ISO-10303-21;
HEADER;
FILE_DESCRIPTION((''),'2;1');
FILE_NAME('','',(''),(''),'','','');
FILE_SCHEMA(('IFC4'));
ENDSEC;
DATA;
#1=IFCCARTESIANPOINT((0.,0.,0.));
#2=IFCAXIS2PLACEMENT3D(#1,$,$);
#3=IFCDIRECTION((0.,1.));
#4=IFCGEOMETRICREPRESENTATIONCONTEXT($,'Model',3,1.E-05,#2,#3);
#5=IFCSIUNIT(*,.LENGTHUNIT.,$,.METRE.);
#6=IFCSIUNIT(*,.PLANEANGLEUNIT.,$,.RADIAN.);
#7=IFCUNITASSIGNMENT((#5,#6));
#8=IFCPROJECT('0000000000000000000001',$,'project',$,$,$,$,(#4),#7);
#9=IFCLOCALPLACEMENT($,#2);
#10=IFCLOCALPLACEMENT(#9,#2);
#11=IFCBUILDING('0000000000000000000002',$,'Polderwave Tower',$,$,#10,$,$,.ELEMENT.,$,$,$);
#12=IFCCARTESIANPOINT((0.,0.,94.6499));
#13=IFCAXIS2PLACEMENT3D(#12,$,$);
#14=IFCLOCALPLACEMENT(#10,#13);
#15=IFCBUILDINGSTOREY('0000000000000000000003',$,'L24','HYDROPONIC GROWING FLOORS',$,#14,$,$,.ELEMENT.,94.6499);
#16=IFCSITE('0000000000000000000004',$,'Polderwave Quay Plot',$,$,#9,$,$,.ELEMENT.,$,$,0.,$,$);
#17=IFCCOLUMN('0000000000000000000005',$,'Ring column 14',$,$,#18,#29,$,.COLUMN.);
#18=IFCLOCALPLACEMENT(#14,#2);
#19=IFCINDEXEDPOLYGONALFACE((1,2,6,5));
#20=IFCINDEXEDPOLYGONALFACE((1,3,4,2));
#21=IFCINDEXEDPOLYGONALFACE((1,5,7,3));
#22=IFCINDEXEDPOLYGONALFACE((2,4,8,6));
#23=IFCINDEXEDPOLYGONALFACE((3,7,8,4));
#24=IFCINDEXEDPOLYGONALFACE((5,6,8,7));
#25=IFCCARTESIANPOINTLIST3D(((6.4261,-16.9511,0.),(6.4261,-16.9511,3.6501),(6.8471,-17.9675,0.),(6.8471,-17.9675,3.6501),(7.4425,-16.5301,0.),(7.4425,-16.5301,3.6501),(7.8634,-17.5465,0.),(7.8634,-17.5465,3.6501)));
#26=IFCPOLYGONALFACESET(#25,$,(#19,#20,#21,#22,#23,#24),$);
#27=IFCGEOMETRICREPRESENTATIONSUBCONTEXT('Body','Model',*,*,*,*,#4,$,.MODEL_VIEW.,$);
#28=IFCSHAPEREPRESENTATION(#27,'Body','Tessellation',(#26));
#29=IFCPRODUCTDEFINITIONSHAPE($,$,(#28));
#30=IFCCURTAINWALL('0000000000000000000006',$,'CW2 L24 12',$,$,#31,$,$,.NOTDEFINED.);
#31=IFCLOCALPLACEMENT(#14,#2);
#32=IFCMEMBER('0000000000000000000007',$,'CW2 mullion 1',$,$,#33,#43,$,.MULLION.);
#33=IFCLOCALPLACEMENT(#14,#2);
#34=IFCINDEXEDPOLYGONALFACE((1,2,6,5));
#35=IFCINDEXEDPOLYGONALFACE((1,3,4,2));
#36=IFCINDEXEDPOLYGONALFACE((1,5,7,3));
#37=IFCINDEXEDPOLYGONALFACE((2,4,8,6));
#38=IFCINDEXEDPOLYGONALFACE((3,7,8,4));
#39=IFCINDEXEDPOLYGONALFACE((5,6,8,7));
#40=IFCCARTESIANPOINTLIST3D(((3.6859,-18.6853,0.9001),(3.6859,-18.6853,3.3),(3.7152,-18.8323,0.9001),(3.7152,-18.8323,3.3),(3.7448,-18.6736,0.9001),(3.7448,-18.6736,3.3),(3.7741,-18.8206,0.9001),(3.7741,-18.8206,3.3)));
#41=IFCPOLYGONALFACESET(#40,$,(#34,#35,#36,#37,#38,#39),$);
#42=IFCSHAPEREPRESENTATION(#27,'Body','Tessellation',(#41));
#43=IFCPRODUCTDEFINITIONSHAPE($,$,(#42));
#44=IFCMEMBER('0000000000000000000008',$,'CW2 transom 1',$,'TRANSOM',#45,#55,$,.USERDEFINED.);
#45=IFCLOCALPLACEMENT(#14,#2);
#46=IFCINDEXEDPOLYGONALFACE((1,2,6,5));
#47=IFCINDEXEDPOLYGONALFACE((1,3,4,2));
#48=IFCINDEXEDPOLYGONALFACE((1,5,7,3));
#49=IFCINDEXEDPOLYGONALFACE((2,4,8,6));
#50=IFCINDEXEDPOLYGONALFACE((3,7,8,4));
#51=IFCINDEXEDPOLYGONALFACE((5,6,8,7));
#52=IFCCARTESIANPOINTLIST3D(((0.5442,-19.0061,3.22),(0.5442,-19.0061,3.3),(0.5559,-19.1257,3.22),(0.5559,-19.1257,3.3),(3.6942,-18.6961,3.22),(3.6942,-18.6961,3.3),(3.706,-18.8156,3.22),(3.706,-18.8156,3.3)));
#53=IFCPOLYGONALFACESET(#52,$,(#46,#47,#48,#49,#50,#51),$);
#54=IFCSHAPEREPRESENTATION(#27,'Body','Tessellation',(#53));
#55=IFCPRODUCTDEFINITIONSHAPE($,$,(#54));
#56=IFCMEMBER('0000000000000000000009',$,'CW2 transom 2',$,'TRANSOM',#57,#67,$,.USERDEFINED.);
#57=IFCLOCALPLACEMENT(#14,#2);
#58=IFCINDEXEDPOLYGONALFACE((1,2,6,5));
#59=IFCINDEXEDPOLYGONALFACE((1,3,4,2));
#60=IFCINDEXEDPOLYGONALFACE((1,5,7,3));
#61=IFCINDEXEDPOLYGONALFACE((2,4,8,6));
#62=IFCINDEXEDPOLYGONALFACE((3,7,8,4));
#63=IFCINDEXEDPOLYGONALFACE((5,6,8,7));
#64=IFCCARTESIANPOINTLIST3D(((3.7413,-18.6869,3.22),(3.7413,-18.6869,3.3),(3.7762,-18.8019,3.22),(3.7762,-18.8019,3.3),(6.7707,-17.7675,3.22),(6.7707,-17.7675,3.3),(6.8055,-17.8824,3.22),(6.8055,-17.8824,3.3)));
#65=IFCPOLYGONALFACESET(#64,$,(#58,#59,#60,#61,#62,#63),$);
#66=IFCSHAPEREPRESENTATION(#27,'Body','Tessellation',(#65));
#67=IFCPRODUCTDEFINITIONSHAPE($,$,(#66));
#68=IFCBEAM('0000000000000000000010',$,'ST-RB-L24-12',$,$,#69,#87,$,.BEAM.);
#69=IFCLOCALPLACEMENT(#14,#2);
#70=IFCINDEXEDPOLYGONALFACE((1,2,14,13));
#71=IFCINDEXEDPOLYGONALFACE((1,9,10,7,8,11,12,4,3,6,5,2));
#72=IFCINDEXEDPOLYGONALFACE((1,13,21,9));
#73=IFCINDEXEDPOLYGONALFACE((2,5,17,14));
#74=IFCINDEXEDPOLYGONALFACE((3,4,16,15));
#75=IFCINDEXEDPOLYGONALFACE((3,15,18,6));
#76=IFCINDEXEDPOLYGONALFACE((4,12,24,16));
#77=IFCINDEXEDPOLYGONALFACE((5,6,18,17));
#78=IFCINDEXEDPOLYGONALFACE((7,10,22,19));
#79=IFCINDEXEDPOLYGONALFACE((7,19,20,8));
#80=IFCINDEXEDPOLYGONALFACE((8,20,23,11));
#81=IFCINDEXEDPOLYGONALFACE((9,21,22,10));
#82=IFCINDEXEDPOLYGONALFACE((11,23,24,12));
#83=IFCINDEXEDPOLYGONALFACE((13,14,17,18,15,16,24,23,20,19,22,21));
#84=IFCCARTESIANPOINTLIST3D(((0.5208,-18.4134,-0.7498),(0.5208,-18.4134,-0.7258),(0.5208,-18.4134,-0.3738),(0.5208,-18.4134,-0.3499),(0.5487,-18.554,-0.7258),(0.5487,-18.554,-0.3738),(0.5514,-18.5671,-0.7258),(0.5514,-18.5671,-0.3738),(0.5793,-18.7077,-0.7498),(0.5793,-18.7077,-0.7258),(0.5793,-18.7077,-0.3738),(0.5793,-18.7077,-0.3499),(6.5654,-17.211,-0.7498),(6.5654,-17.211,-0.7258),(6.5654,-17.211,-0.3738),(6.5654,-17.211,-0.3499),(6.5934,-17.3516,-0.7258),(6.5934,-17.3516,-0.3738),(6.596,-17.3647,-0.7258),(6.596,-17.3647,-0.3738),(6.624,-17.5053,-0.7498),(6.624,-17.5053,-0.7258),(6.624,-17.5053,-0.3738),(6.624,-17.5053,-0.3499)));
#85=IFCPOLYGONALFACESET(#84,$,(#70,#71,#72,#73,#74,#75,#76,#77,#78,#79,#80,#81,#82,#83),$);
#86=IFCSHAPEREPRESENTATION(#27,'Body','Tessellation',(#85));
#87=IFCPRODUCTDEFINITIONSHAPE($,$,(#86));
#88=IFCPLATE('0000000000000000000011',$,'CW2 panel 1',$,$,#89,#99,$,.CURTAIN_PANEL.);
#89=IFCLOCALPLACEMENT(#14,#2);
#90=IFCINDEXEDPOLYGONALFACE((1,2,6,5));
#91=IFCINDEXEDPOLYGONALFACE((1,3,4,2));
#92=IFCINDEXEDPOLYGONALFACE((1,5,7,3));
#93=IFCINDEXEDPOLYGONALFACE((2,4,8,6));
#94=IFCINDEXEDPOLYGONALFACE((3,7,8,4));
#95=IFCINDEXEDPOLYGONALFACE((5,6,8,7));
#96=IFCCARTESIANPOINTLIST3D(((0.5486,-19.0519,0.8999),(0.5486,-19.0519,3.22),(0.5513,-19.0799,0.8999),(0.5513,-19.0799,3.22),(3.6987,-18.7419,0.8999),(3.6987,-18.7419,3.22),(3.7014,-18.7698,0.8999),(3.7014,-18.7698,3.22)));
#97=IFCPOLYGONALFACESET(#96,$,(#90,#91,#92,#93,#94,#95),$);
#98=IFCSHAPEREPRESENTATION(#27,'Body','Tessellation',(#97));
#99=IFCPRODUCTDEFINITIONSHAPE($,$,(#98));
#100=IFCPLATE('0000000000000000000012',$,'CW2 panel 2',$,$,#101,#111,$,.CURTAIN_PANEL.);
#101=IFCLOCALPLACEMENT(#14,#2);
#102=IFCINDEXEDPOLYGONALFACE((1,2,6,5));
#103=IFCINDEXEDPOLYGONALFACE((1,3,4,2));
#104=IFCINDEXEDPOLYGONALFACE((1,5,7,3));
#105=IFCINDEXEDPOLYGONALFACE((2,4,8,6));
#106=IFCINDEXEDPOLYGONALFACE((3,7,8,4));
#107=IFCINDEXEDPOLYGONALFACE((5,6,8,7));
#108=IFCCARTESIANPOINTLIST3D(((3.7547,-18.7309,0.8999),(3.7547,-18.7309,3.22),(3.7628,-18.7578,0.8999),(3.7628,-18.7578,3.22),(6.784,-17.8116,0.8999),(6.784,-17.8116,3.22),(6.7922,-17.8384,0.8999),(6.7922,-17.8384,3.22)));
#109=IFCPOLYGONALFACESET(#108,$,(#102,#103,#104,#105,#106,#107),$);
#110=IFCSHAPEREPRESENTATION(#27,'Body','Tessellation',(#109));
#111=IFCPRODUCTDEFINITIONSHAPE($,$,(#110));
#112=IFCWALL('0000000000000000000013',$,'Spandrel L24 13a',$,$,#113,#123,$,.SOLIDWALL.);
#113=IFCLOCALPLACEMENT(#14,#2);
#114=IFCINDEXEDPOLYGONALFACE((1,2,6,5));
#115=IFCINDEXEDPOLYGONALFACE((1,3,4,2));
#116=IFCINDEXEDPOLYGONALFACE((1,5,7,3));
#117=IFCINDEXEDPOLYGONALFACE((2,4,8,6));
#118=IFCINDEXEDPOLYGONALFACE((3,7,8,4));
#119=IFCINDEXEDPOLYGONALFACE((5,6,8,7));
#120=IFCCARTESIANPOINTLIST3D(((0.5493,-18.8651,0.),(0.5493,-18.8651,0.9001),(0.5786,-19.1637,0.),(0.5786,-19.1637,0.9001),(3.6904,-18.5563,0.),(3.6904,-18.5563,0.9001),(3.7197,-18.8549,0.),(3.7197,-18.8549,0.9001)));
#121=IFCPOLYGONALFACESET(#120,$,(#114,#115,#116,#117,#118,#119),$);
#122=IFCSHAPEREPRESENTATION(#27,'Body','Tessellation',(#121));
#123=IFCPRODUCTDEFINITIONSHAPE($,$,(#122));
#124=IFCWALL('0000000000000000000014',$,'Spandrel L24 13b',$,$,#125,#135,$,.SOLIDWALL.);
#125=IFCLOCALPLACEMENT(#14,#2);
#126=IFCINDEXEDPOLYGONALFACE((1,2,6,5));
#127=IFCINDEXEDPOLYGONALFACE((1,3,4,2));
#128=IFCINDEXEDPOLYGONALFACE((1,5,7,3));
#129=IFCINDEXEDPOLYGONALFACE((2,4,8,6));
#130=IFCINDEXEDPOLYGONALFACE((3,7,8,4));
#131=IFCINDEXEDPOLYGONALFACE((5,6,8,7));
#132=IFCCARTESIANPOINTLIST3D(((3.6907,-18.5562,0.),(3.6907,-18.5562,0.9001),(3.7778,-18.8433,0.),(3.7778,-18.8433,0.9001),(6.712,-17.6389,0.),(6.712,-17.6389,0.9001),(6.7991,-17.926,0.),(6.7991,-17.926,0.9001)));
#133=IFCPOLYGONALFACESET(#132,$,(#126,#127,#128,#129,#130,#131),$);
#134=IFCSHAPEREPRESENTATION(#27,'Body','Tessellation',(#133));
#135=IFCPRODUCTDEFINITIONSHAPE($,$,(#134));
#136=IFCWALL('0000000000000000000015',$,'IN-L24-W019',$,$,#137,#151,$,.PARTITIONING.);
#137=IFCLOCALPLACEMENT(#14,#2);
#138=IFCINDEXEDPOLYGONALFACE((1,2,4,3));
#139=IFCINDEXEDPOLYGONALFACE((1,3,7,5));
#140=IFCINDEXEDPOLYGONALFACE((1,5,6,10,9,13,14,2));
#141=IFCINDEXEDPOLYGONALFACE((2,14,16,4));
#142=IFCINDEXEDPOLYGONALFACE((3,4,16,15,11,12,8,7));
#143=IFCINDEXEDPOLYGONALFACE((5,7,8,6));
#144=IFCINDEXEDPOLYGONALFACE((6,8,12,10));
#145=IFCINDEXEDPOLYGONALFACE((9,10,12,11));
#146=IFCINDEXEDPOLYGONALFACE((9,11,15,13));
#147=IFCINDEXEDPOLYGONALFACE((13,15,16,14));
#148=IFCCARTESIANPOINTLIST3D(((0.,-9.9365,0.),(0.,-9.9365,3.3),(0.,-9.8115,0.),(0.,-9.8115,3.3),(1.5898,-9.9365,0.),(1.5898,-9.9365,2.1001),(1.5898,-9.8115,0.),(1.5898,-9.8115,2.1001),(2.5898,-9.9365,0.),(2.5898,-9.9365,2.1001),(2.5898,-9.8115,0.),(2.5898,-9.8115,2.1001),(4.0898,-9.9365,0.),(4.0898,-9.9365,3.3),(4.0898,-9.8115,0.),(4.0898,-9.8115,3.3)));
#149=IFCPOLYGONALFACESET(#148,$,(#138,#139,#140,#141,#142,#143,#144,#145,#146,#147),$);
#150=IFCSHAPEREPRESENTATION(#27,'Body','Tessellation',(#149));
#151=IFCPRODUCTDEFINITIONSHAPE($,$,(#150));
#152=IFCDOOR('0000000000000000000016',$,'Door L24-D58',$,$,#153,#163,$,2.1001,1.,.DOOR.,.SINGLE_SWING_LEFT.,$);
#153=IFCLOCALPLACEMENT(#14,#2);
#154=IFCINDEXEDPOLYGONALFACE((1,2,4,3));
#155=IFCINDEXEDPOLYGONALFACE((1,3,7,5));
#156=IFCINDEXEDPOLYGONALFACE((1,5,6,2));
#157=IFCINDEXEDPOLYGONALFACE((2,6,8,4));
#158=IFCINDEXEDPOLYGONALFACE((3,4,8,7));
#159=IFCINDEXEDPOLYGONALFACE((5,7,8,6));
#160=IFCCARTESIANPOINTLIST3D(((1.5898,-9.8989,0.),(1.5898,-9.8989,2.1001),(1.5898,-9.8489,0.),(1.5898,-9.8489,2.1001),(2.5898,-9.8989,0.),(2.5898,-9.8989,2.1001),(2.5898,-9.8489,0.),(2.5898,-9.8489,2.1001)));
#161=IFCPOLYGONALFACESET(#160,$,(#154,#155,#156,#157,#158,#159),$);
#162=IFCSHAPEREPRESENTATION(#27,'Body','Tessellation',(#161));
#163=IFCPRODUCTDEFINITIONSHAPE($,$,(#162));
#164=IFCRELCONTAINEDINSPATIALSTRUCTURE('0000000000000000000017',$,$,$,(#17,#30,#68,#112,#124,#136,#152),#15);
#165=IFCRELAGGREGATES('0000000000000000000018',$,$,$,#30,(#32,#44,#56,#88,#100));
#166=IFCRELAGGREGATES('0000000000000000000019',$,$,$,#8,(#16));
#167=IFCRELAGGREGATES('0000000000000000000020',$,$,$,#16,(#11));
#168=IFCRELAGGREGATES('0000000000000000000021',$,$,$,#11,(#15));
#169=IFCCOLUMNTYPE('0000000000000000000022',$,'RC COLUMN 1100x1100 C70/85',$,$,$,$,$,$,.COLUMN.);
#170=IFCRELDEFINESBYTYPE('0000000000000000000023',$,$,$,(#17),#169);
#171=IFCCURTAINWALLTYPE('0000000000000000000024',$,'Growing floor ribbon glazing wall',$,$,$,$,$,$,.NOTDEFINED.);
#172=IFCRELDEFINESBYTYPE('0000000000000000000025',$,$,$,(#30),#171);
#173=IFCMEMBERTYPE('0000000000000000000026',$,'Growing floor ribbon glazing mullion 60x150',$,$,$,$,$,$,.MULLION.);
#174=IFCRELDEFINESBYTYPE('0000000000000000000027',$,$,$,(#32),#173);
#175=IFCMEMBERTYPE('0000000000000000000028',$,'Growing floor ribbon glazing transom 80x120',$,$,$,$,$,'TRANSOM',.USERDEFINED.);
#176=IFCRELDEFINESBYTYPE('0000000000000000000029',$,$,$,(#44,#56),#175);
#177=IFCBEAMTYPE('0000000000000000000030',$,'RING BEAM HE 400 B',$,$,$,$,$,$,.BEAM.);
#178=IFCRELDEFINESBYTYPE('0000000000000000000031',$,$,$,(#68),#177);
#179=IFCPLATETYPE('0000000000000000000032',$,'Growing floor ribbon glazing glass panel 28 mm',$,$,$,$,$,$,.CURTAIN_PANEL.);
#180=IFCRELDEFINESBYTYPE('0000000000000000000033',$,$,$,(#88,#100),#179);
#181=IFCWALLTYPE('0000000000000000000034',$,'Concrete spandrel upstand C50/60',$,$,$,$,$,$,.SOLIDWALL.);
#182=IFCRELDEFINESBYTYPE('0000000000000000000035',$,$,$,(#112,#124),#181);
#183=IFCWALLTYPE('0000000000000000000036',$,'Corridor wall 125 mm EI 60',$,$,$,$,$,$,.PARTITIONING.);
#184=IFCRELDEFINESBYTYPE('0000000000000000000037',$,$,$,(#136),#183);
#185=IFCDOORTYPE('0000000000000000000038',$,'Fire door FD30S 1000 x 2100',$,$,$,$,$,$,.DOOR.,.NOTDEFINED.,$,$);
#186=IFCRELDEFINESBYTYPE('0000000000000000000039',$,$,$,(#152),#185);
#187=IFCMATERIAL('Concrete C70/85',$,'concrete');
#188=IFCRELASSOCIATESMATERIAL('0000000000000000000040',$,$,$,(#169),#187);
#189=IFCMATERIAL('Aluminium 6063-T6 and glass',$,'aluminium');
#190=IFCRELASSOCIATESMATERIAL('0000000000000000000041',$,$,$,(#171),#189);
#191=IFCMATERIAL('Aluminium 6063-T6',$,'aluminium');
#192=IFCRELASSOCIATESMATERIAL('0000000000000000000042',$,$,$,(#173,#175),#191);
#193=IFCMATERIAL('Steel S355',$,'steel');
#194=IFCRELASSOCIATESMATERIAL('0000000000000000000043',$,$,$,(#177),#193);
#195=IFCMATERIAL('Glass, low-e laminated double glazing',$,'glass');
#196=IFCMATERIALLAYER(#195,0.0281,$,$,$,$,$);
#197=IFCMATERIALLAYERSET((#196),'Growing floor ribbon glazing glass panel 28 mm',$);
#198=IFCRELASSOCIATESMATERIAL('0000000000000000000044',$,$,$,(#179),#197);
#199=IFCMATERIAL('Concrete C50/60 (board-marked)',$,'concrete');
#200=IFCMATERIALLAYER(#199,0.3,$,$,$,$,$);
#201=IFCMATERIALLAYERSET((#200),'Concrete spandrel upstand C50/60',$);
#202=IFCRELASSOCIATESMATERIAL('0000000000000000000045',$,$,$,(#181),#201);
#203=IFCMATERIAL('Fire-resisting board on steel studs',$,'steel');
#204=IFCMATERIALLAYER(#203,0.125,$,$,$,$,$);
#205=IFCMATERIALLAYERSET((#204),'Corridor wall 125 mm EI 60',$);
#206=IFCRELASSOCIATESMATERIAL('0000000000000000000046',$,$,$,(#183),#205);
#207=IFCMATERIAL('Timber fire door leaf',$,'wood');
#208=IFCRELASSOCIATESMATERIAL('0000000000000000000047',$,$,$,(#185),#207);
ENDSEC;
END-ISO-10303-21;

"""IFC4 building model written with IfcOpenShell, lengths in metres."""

from ifc_helpers import new_model, si_unit, direction, frame, frame_2d, origin, origin_2d, place, context, subcontext, project, spatial, rectangle, i_section, extrude, material, layer, layer_set, material_profile, profile_set, type_object, element, fill, aggregate, save


model = new_model("IFC4")

# Units and contexts
model_context = context("Model", 3, precision=1e-05, world=origin(), true_north=direction((0.0, 1.0)))
body_context = subcontext(model_context, "Body", "Model", "MODEL_VIEW")
ifc_project = project(units=[si_unit("LENGTHUNIT", "METRE"), si_unit("PLANEANGLEUNIT", "RADIAN")], contexts=[model_context])

# Site, building, storey
site_placement = place(None, origin())
site = spatial("IfcSite", under=ifc_project, at=site_placement, Name="Polderwave Quay Plot", CompositionType="ELEMENT", RefElevation=0.0)
building_placement = place(site_placement, origin())
building = spatial("IfcBuilding", under=site, at=building_placement, Name="Polderwave Tower", CompositionType="ELEMENT")
storey_placement = place(building_placement, frame((0.0, 0.0, 94.6499)))
storey = spatial("IfcBuildingStorey", under=building, at=storey_placement, Name="L24", Description="HYDROPONIC GROWING FLOORS", CompositionType="ELEMENT", Elevation=94.6499)

# Column
ifc_material_1 = material(Name="Concrete C70/85", Category="concrete")
ifc_material_profile_1 = material_profile(ifc_material_1, rectangle(XDim=1.1001, YDim=1.1001, at=origin_2d()), Name="RC 1100x1100")
ifc_profile_set_1 = profile_set([ifc_material_profile_1], Name="Concrete C70/85")
column_type = type_object("IfcColumnType", Name="RC COLUMN 1100x1100 C70/85", PredefinedType="COLUMN", material=ifc_profile_set_1)
column_placement = place(storey_placement, frame((7.1448, -17.2488, 0.0), z_axis=(0.0, 0.0, 1.0), x_axis=(0.382683, -0.92388, 0.0)))
element("IfcColumn", 1, at=column_placement, inside=storey, type_object=column_type, Name="Ring column 14", PredefinedType="COLUMN", context=body_context, shape_type="SweptSolid", body=[
    extrude(rectangle(XDim=1.1001, YDim=1.1001, at=origin_2d()), origin(), (0.0, 0.0, 1.0), 3.6501),
])

# Curtain wall, members
ifc_material_2 = material(Name="Aluminium 6063-T6 and glass", Category="aluminium")
curtain_wall_type = type_object("IfcCurtainWallType", Name="Growing floor ribbon glazing wall", PredefinedType="NOTDEFINED", material=ifc_material_2)
curtain_wall_placement = place(storey_placement, origin())
curtain_wall = element("IfcCurtainWall", 2, at=curtain_wall_placement, inside=storey, type_object=curtain_wall_type, Name="CW2 L24 12", PredefinedType="NOTDEFINED")
ifc_material_3 = material(Name="Aluminium 6063-T6", Category="aluminium")
ifc_material_profile_2 = material_profile(ifc_material_3, rectangle(XDim=0.1499, YDim=0.0601, at=origin_2d()), Name="AL 60x150")
ifc_profile_set_2 = profile_set([ifc_material_profile_2], Name="Aluminium 6063-T6")
member_type_1 = type_object("IfcMemberType", Name="Growing floor ribbon glazing mullion 60x150", PredefinedType="MULLION", material=ifc_profile_set_2)
member_1_placement = place(storey_placement, frame((3.73, -18.7529, 0.9001), z_axis=(0.0, 0.0, 1.0), x_axis=(-0.195113, 0.980781, 0.0)))
member_1 = element("IfcMember", 3, at=member_1_placement, type_object=member_type_1, Name="CW2 mullion 1", PredefinedType="MULLION", context=body_context, shape_type="SweptSolid", body=[
    extrude(rectangle(XDim=0.1499, YDim=0.0601, at=origin_2d()), origin(), (0.0, 0.0, 1.0), 2.3999),
])
ifc_material_profile_3 = material_profile(ifc_material_3, rectangle(XDim=0.1201, YDim=0.0801, at=origin_2d()), Name="AL 80x120")
ifc_profile_set_3 = profile_set([ifc_material_profile_3], Name="Aluminium 6063-T6")
member_type_2 = type_object("IfcMemberType", Name="Growing floor ribbon glazing transom 80x120", ElementType="TRANSOM", PredefinedType="USERDEFINED", material=ifc_profile_set_3)
member_2_placement = place(storey_placement, frame((0.55, -19.0659, 3.26), z_axis=(0.995191, 0.097953, 0.0), x_axis=(-0.097953, 0.995191, 0.0)))
member_2 = element("IfcMember", 4, at=member_2_placement, type_object=member_type_2, Name="CW2 transom 1", ObjectType="TRANSOM", PredefinedType="USERDEFINED", context=body_context, shape_type="SweptSolid", body=[
    extrude(rectangle(XDim=0.1201, YDim=0.0801, at=origin_2d()), origin(), (0.0, 0.0, 1.0), 3.1653),
])
member_3_placement = place(storey_placement, frame((3.7588, -18.7444, 3.26), z_axis=(0.956896, 0.290431, 0.0), x_axis=(-0.290431, 0.956896, 0.0)))
member_3 = element("IfcMember", 5, at=member_3_placement, type_object=member_type_2, Name="CW2 transom 2", ObjectType="TRANSOM", PredefinedType="USERDEFINED", context=body_context, shape_type="SweptSolid", body=[
    extrude(rectangle(XDim=0.1201, YDim=0.0801, at=origin_2d()), origin(), (0.0, 0.0, 1.0), 3.1658),
])

# Beam
ifc_material_4 = material(Name="Steel S355", Category="steel")
ifc_material_profile_4 = material_profile(ifc_material_4, i_section(OverallWidth=0.3, OverallDepth=0.3999, WebThickness=0.0134, FlangeThickness=0.0239, at=origin_2d()), Name="HE 400 B")
ifc_profile_set_4 = profile_set([ifc_material_profile_4], Name="Steel S355")
beam_type = type_object("IfcBeamType", Name="RING BEAM HE 400 B", PredefinedType="BEAM", material=ifc_profile_set_4)
beam_placement = place(storey_placement, frame((0.55, -18.5605, -0.5498), z_axis=(0.980784, 0.195095, 0.0), x_axis=(-0.195095, 0.980784, 0.0)))
element("IfcBeam", 6, at=beam_placement, inside=storey, type_object=beam_type, Name="ST-RB-L24-12", PredefinedType="BEAM", context=body_context, shape_type="SweptSolid", body=[
    extrude(i_section(OverallWidth=0.3, OverallDepth=0.3999, WebThickness=0.0134, FlangeThickness=0.0239, at=origin_2d()), origin(), (0.0, 0.0, 1.0), 6.1631),
])

# Plates
ifc_material_5 = material(Name="Glass, low-e laminated double glazing", Category="glass")
ifc_layer_1 = layer(ifc_material_5, 0.0281)
ifc_layer_set_1 = layer_set([ifc_layer_1], Name="Growing floor ribbon glazing glass panel 28 mm")
plate_type = type_object("IfcPlateType", Name="Growing floor ribbon glazing glass panel 28 mm", PredefinedType="CURTAIN_PANEL", material=ifc_layer_set_1)
plate_1_placement = place(storey_placement, frame((2.125, -18.9109, 0.8999), z_axis=(0.0, 0.0, 1.0), x_axis=(0.995191, 0.097955, 0.0)))
plate_1 = element("IfcPlate", 7, at=plate_1_placement, type_object=plate_type, Name="CW2 panel 1", PredefinedType="CURTAIN_PANEL", context=body_context, shape_type="SweptSolid", body=[
    extrude(rectangle(XDim=3.1653, YDim=0.0281, at=origin_2d()), origin(), (0.0, 0.0, 1.0), 2.3201),
])
plate_2_placement = place(storey_placement, frame((5.2734, -18.2847, 0.8999), z_axis=(0.0, 0.0, 1.0), x_axis=(0.956908, 0.29039, 0.0)))
plate_2 = element("IfcPlate", 8, at=plate_2_placement, type_object=plate_type, Name="CW2 panel 2", PredefinedType="CURTAIN_PANEL", context=body_context, shape_type="SweptSolid", body=[
    extrude(rectangle(XDim=3.1658, YDim=0.0281, at=origin_2d()), origin(), (0.0, 0.0, 1.0), 2.3201),
])
aggregate(curtain_wall, [member_1, member_2, member_3, plate_1, plate_2])

# Walls
ifc_material_6 = material(Name="Concrete C50/60 (board-marked)", Category="concrete")
ifc_layer_2 = layer(ifc_material_6, 0.3)
ifc_layer_set_2 = layer_set([ifc_layer_2], Name="Concrete spandrel upstand C50/60")
wall_type_1 = type_object("IfcWallType", Name="Concrete spandrel upstand C50/60", PredefinedType="SOLIDWALL", material=ifc_layer_set_2)
wall_1_placement = place(storey_placement, frame((0.564, -19.0144, 0.0), z_axis=(0.0, 0.0, 1.0), x_axis=(0.995201, 0.097849, 0.0)))
element("IfcWall", 9, at=wall_1_placement, inside=storey, type_object=wall_type_1, Name="Spandrel L24 13a", PredefinedType="SOLIDWALL", context=body_context, shape_type="SweptSolid", body=[
    extrude(rectangle(XDim=3.1562, YDim=0.3, at=frame_2d((1.5781, 0.0))), origin(), (0.0, 0.0, 1.0), 0.9001),
])
wall_2_placement = place(storey_placement, frame((3.7344, -18.6997, 0.0), z_axis=(0.0, 0.0, 1.0), x_axis=(0.956874, 0.290503, 0.0)))
element("IfcWall", 10, at=wall_2_placement, inside=storey, type_object=wall_type_1, Name="Spandrel L24 13b", PredefinedType="SOLIDWALL", context=body_context, shape_type="SweptSolid", body=[
    extrude(rectangle(XDim=3.1575, YDim=0.3, at=frame_2d((1.5786, 0.0))), origin(), (0.0, 0.0, 1.0), 0.9001),
])

# Wall, opening, door
ifc_material_7 = material(Name="Fire-resisting board on steel studs", Category="steel")
ifc_layer_3 = layer(ifc_material_7, 0.125)
ifc_layer_set_3 = layer_set([ifc_layer_3], Name="Corridor wall 125 mm EI 60")
wall_type_2 = type_object("IfcWallType", Name="Corridor wall 125 mm EI 60", PredefinedType="PARTITIONING", material=ifc_layer_set_3)
wall_3_placement = place(storey_placement, frame((4.0898, -9.874, 0.0), z_axis=(0.0, 0.0, 1.0), x_axis=(-1.0, 0.0, 0.0)))
wall_3 = element("IfcWall", 11, at=wall_3_placement, inside=storey, type_object=wall_type_2, Name="IN-L24-W019", PredefinedType="PARTITIONING", context=body_context, shape_type="SweptSolid", body=[
    extrude(rectangle(XDim=4.0898, YDim=0.125, at=frame_2d((2.0449, 0.0))), origin(), (0.0, 0.0, 1.0), 3.3),
])
opening_1_placement = place(wall_3_placement, frame((1.5, 0.0, 0.0)))
opening_1 = element("IfcOpeningElement", 12, at=opening_1_placement, cuts=wall_3, PredefinedType="OPENING", context=body_context, shape_type="SweptSolid", body=[
    extrude(rectangle(XDim=1.0, YDim=2.1001, at=frame_2d((0.5, 1.05))), frame((0.0, 0.0725, 0.0), z_axis=(0.0, -1.0, 0.0), x_axis=(1.0, 0.0, 0.0)), (0.0, 0.0, 1.0), 0.145),
])
ifc_material_8 = material(Name="Timber fire door leaf", Category="wood")
door_type_1 = type_object("IfcDoorType", Name="Fire door FD30S 1000 x 2100", OperationType="NOTDEFINED", PredefinedType="DOOR", material=ifc_material_8)
door_1_placement = place(opening_1_placement, origin())
door_1 = element("IfcDoor", 13, at=door_1_placement, inside=storey, type_object=door_type_1, Name="Door L24-D58", OperationType="SINGLE_SWING_LEFT", OverallHeight=2.1001, OverallWidth=1.0, PredefinedType="DOOR", context=body_context, shape_type="SweptSolid", body=[
    extrude(rectangle(XDim=1.0, YDim=2.1001, at=frame_2d((0.5, 1.05))), frame((0.0, 0.0249, 0.0), z_axis=(0.0, -1.0, 0.0), x_axis=(1.0, 0.0, 0.0)), (0.0, 0.0, 1.0), 0.05),
])
fill(opening_1, door_1)

save(model, "model.ifc")
